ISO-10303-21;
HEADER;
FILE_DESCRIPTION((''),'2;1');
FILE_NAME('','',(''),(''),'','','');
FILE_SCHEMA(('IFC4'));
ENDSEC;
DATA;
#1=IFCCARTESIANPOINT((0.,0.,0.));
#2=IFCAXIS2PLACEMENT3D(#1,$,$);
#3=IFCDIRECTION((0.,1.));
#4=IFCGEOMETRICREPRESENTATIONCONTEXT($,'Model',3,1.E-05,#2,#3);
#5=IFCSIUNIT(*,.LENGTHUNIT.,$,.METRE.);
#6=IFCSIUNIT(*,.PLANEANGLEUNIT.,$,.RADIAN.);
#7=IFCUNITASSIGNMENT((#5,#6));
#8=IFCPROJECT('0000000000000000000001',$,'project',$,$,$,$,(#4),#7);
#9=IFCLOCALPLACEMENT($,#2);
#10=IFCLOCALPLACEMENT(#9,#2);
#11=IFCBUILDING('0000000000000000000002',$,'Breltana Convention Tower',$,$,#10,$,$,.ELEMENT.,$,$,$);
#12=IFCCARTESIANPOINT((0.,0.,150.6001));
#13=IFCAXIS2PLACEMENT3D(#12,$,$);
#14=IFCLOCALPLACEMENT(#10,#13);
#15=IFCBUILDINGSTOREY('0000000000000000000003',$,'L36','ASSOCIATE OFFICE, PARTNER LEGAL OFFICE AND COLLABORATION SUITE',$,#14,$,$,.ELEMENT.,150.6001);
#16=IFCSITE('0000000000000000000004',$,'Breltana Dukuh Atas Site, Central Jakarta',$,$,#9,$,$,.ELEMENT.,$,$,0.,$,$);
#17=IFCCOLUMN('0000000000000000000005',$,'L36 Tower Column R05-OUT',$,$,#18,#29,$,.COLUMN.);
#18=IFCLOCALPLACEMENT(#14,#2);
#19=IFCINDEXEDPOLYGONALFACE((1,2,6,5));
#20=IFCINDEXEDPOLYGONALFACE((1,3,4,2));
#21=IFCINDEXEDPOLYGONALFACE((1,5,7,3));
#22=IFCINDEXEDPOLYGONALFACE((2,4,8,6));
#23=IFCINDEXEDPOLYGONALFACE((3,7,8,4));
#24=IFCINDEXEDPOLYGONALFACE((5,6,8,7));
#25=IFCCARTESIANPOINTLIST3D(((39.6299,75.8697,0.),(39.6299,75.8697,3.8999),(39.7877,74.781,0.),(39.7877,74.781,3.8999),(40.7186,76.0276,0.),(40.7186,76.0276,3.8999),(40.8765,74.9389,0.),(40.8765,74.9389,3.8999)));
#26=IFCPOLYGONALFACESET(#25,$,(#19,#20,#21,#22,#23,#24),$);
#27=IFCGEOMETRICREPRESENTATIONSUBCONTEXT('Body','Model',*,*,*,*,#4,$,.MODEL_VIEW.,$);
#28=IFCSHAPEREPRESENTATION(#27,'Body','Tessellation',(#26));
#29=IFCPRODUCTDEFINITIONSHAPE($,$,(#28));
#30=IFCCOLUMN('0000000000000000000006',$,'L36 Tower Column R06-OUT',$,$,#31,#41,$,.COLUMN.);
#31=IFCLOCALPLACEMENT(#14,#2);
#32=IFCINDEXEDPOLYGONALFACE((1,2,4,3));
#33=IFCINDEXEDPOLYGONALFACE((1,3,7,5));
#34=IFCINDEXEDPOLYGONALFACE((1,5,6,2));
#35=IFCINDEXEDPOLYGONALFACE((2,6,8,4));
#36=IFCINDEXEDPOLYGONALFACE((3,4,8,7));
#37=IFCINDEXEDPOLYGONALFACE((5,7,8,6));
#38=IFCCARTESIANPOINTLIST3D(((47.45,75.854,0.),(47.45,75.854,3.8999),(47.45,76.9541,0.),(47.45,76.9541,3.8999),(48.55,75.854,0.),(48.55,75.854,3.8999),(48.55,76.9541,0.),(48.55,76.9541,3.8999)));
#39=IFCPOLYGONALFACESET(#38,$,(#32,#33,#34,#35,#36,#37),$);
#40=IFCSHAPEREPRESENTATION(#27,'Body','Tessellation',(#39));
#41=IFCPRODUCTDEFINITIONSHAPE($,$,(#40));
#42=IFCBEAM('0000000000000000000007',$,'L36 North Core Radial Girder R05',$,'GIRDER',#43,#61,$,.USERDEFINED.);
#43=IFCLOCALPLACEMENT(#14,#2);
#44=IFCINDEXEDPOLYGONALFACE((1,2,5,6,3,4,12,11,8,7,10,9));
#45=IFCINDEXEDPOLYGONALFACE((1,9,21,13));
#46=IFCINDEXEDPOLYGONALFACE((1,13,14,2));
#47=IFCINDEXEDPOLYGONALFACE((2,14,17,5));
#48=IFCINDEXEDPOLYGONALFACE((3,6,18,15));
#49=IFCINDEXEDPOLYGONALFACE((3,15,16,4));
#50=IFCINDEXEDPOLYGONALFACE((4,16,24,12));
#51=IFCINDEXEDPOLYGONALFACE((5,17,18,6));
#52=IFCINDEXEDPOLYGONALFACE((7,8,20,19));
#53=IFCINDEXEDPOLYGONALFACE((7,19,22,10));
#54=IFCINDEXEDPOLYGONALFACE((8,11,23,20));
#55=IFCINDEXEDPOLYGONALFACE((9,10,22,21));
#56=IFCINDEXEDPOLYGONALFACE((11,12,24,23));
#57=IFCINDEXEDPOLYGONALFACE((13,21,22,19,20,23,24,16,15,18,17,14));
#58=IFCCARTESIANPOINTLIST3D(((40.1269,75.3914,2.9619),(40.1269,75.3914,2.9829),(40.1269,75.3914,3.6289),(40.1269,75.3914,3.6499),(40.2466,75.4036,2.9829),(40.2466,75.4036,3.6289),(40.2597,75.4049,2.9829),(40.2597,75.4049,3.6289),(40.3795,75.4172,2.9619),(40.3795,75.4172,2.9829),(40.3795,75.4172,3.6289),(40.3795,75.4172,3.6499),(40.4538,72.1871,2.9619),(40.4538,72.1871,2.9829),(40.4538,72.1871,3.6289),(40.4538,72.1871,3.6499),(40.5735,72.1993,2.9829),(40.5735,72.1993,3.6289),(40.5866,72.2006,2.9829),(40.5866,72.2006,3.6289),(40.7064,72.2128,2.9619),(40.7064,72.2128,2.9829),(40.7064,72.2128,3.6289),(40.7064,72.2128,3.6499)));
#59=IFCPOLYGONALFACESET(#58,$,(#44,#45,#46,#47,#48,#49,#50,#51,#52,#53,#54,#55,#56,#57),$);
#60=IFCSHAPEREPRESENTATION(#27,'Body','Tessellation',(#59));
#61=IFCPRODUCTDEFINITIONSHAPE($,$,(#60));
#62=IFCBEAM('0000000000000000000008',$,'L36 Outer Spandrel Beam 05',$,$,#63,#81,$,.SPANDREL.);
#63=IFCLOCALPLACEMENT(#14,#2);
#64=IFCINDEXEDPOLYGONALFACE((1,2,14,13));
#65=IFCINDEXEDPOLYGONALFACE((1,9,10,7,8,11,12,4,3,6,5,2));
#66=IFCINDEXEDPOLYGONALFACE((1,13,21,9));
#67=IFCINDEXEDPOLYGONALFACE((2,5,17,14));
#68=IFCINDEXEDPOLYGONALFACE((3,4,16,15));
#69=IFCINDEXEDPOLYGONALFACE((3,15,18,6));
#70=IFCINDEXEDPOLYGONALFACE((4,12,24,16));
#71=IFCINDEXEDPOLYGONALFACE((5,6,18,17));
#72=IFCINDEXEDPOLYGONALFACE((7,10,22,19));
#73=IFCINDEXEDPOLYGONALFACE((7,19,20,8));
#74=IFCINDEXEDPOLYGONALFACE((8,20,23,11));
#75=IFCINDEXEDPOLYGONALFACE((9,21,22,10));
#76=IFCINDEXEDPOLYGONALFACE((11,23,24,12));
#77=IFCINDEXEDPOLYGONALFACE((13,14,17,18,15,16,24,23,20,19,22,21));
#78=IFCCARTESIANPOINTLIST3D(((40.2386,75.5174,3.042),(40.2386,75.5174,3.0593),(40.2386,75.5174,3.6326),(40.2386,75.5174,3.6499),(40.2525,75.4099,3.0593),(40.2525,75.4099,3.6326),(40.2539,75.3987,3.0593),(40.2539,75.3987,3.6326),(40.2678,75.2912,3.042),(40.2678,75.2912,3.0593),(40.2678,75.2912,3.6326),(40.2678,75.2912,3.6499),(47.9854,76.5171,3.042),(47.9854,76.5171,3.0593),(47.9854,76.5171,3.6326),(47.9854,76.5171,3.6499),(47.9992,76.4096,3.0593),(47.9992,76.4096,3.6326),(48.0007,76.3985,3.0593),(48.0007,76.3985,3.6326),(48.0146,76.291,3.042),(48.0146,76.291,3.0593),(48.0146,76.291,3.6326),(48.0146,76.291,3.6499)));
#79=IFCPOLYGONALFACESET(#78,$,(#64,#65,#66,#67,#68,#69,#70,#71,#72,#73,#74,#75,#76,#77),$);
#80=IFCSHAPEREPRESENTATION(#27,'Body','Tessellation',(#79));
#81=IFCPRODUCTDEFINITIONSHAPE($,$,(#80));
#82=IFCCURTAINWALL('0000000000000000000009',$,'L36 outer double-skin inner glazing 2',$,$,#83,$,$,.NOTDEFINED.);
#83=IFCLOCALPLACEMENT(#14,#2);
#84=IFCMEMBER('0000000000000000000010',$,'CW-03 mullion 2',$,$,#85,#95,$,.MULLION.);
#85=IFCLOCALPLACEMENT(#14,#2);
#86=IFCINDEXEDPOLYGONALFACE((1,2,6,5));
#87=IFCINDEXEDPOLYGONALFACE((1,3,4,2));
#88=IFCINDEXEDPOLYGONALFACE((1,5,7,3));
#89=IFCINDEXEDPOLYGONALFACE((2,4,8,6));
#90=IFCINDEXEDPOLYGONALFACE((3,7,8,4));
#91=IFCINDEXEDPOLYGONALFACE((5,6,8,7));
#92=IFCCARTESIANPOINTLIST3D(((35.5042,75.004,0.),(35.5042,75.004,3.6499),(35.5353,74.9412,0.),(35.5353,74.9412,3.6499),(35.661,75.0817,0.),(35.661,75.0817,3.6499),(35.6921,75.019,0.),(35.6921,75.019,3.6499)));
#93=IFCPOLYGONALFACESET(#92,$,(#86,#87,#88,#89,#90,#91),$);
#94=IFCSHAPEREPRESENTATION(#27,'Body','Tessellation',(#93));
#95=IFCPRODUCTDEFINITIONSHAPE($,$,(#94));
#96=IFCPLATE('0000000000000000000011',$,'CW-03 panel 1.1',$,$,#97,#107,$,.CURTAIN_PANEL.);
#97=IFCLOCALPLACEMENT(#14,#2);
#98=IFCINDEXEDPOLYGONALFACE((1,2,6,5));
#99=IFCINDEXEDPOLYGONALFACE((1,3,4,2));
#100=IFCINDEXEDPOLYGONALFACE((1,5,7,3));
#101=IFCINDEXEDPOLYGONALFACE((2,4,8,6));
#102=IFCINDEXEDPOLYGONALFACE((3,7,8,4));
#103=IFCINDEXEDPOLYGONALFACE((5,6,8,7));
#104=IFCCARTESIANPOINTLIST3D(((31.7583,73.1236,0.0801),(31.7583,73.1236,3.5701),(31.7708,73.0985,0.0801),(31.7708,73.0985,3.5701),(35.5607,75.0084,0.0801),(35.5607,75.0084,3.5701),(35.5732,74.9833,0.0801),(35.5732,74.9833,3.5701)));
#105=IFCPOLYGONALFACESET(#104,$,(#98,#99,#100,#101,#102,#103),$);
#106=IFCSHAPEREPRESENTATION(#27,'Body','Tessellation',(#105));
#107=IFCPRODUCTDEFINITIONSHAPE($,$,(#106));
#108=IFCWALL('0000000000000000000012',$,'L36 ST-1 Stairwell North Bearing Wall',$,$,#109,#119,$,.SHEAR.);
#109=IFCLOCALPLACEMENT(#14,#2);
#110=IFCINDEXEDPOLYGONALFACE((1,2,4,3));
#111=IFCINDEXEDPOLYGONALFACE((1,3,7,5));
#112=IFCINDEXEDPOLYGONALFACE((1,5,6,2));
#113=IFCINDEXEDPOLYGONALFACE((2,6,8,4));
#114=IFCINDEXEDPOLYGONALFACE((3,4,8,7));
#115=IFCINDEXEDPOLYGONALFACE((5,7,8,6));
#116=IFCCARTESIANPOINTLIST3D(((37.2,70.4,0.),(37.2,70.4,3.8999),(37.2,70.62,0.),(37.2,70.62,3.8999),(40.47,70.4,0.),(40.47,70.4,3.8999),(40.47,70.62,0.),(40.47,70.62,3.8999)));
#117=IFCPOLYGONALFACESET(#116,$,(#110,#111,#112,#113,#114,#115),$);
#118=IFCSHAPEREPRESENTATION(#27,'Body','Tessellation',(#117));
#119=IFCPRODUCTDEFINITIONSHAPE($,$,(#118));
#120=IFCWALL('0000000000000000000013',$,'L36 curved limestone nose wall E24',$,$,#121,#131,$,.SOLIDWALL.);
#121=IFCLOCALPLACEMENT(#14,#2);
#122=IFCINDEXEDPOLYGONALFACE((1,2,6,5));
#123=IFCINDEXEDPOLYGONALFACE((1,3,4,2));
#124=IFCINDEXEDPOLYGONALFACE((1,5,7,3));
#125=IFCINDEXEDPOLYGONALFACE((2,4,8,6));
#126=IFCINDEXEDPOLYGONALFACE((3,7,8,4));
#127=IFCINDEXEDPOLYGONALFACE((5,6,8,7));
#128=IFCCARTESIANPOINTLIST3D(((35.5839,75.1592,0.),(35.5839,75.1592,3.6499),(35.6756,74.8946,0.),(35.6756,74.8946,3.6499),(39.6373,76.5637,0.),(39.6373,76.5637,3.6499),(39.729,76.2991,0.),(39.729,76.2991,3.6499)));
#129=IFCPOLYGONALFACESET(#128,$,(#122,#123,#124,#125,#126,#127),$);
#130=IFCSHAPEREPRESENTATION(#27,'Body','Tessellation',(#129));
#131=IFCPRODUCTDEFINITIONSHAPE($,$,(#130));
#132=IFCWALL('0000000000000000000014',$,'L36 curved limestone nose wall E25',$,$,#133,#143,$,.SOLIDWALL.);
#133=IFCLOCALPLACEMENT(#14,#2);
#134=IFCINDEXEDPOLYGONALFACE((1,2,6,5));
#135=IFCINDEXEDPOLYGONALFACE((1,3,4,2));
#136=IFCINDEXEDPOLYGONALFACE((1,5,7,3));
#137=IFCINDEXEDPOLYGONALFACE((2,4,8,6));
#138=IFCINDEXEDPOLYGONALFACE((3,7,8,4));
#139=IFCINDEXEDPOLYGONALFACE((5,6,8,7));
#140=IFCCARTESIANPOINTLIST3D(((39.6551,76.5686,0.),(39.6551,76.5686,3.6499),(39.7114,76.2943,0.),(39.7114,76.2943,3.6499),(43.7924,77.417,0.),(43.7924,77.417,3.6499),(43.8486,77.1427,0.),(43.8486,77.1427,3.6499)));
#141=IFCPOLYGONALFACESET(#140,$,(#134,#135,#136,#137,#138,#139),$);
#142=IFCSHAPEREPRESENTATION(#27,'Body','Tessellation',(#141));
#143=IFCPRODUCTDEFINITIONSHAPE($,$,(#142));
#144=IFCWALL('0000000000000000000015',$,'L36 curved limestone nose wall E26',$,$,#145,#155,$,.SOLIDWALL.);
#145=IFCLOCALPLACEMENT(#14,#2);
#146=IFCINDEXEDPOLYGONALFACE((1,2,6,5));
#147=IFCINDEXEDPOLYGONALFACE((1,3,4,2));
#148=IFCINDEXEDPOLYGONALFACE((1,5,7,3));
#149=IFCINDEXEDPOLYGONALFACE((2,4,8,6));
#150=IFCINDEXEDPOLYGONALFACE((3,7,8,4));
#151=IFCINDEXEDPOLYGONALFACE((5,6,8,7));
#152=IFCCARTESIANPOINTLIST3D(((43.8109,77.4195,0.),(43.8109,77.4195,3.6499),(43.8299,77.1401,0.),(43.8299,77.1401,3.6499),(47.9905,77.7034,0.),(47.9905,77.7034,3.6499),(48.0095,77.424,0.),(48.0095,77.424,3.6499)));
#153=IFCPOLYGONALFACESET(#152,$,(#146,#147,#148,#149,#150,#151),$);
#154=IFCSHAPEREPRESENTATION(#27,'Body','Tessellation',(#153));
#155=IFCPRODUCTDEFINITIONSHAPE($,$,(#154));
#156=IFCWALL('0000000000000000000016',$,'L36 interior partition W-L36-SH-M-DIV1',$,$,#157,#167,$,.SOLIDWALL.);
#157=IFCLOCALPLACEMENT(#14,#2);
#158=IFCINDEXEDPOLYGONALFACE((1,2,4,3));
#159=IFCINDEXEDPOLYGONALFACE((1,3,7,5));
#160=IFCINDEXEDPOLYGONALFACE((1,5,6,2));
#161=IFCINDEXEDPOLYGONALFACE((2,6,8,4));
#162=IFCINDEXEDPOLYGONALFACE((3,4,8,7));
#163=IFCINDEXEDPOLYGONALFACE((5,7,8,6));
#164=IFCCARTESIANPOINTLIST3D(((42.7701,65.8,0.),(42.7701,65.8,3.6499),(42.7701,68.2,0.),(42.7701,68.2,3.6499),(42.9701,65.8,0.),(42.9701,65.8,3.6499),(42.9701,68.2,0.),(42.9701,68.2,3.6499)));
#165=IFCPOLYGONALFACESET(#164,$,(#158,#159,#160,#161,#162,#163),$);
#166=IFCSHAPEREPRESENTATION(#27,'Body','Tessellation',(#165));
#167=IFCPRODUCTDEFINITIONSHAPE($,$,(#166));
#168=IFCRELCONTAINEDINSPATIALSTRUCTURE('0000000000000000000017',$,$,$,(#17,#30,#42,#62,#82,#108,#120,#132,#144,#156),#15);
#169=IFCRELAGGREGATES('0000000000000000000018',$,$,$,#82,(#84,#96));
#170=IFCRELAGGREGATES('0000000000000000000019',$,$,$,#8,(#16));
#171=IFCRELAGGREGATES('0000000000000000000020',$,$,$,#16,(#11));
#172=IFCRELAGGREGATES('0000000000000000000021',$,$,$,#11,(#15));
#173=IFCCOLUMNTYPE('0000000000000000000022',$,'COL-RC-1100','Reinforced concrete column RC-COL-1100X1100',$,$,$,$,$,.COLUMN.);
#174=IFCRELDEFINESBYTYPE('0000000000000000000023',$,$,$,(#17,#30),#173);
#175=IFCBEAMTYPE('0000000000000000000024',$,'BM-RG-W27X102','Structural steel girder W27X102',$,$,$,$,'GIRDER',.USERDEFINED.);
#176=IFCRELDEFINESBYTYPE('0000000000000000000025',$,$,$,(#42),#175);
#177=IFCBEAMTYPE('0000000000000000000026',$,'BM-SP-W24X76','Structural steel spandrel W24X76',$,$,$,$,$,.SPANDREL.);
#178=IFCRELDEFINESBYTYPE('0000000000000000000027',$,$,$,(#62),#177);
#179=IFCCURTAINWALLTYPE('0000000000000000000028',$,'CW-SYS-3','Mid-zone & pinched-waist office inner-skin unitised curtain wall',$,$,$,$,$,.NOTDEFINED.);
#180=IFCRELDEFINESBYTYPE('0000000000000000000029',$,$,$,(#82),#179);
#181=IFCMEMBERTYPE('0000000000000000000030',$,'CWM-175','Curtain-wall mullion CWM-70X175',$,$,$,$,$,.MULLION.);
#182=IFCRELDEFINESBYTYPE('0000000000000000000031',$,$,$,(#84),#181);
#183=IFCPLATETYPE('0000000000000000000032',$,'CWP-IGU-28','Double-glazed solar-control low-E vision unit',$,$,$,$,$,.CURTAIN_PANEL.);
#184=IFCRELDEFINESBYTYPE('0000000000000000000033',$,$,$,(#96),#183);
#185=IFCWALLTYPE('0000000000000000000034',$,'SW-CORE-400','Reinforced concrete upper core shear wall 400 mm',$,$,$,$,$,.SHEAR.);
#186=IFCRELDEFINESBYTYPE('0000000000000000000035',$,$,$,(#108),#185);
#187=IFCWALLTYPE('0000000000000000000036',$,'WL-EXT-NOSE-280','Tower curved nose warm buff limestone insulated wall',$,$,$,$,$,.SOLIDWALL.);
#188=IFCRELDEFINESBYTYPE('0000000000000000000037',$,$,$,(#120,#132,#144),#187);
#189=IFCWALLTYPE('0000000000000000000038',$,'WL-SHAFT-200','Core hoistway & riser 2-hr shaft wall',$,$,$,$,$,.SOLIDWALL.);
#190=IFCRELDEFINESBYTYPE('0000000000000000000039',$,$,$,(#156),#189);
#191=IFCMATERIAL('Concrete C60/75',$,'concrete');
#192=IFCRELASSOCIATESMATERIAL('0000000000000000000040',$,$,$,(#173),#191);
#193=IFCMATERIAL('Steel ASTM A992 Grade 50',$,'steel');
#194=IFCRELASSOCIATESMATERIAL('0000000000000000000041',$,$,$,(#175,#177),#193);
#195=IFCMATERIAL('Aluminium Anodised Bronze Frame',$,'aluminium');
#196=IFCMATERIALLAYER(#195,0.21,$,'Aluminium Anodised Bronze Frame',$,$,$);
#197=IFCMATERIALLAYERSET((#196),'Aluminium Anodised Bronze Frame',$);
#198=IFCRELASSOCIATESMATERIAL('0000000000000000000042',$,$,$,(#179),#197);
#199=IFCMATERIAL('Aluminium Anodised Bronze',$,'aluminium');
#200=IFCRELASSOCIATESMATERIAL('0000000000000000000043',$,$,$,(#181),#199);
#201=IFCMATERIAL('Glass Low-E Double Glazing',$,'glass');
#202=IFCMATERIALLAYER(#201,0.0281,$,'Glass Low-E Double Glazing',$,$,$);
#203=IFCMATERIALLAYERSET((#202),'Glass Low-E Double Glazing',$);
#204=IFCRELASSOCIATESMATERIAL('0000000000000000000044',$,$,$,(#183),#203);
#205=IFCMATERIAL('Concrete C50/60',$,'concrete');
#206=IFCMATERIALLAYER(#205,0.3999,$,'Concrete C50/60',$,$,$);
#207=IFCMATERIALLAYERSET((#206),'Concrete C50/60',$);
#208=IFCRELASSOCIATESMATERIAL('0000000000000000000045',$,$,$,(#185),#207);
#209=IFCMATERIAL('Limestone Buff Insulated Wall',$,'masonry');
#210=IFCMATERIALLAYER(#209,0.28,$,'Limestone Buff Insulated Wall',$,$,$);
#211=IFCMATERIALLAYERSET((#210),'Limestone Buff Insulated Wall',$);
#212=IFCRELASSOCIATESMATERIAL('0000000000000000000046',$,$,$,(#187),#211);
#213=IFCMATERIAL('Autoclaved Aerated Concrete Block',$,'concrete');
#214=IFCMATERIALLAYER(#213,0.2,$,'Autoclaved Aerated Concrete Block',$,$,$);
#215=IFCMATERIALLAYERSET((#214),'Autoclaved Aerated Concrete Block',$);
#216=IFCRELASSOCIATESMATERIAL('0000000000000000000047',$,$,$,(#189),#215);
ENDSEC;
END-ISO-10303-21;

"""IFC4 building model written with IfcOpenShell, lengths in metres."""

from ifc_helpers import new_model, si_unit, direction, frame, frame_2d, origin, origin_2d, place, context, subcontext, project, spatial, rectangle, i_section, extrude, source, transform, mapped, material, layer, layer_set, material_profile, profile_set, type_object, element, aggregate, save


model = new_model("IFC4")

# Units and contexts
model_context = context("Model", 3, precision=1e-05, world=origin(), true_north=direction((0.0, 1.0)))
body_context = subcontext(model_context, "Body", "Model", "MODEL_VIEW")
ifc_project = project(units=[si_unit("LENGTHUNIT", "METRE"), si_unit("PLANEANGLEUNIT", "RADIAN")], contexts=[model_context])

# Site, building, storey
site_placement = place(None, origin())
site = spatial("IfcSite", under=ifc_project, at=site_placement, Name="Breltana Dukuh Atas Site, Central Jakarta", CompositionType="ELEMENT", RefElevation=0.0)
building_placement = place(site_placement, origin())
building = spatial("IfcBuilding", under=site, at=building_placement, Name="Breltana Convention Tower", CompositionType="ELEMENT")
storey_placement = place(building_placement, frame((0.0, 0.0, 150.6001)))
storey = spatial("IfcBuildingStorey", under=building, at=storey_placement, Name="L36", Description="ASSOCIATE OFFICE, PARTNER LEGAL OFFICE AND COLLABORATION SUITE", CompositionType="ELEMENT", Elevation=150.6001)

# Columns
ifc_material_1 = material(Name="Concrete C60/75", Category="concrete")
ifc_material_profile_1 = material_profile(ifc_material_1, rectangle(XDim=1.1001, YDim=1.1001, at=origin_2d()), Name="RC-COL-1100X1100")
ifc_profile_set_1 = profile_set([ifc_material_profile_1], Name="Concrete C60/75")
column_type = type_object("IfcColumnType", Name="COL-RC-1100", Description="Reinforced concrete column RC-COL-1100X1100", PredefinedType="COLUMN", material=ifc_profile_set_1)
shared_shape_1 = source(origin(), body_context, "Body", "SweptSolid", [
    extrude(rectangle(XDim=1.1001, YDim=1.1001, at=origin_2d()), origin(), (0.0, 0.0, 1.0), 3.8999),
])
for number, where, z_axis, x_axis, name in (
    (1, (40.2532, 75.4043, 0.0), (0.0, 0.0, 1.0), (-0.143493, 0.989651, 0.0), "L36 Tower Column R05-OUT"),
    (2, (48.0, 76.4041, 0.0), (0.0, 0.0, 1.0), (0.0, 1.0, 0.0), "L36 Tower Column R06-OUT"),
):
    element("IfcColumn", number, at=place(storey_placement, frame(where, z_axis=z_axis, x_axis=x_axis)), inside=storey, type_object=column_type, Name=name, PredefinedType="COLUMN", context=body_context, shape_type="MappedRepresentation", body=[
        mapped(shared_shape_1, transform((0.0, 0.0, 0.0), scale=1.0)),
    ])

# Beams
ifc_material_2 = material(Name="Steel ASTM A992 Grade 50", Category="steel")
ifc_material_profile_2 = material_profile(ifc_material_2, i_section(OverallWidth=0.2539, OverallDepth=0.688, WebThickness=0.0132, FlangeThickness=0.021, at=origin_2d()), Name="W27X102")
ifc_profile_set_2 = profile_set([ifc_material_profile_2], Name="Steel ASTM A992 Grade 50")
beam_type_1 = type_object("IfcBeamType", Name="BM-RG-W27X102", Description="Structural steel girder W27X102", ElementType="GIRDER", PredefinedType="USERDEFINED", material=ifc_profile_set_2)
shared_shape_2 = source(origin(), body_context, "Body", "SweptSolid", [
    extrude(i_section(OverallWidth=0.2539, OverallDepth=0.688, WebThickness=0.0132, FlangeThickness=0.021, at=origin_2d()), origin(), (0.0, 0.0, 1.0), 3.2209),
])
beam_1_placement = place(storey_placement, frame((40.5801, 72.2, 3.3059), z_axis=(-0.101492, 0.994836, 0.0), x_axis=(-0.994836, -0.101492, 0.0)))
element("IfcBeam", 3, at=beam_1_placement, inside=storey, type_object=beam_type_1, Name="L36 North Core Radial Girder R05", ObjectType="GIRDER", PredefinedType="USERDEFINED", context=body_context, shape_type="MappedRepresentation", body=[
    mapped(shared_shape_2, transform((0.0, 0.0, 0.0), scale=1.0)),
])
ifc_material_profile_3 = material_profile(ifc_material_2, i_section(OverallWidth=0.228, OverallDepth=0.6079, WebThickness=0.0112, FlangeThickness=0.0173, at=origin_2d()), Name="W24X76")
ifc_profile_set_3 = profile_set([ifc_material_profile_3], Name="Steel ASTM A992 Grade 50")
beam_type_2 = type_object("IfcBeamType", Name="BM-SP-W24X76", Description="Structural steel spandrel W24X76", PredefinedType="SPANDREL", material=ifc_profile_set_3)
shared_shape_3 = source(origin(), body_context, "Body", "SweptSolid", [
    extrude(i_section(OverallWidth=0.228, OverallDepth=0.6079, WebThickness=0.0112, FlangeThickness=0.0173, at=origin_2d()), origin(), (0.0, 0.0, 1.0), 7.811),
])
beam_2_placement = place(storey_placement, frame((40.2532, 75.4043, 3.3459), z_axis=(0.991775, 0.127992, 0.0), x_axis=(-0.127992, 0.991775, 0.0)))
element("IfcBeam", 4, at=beam_2_placement, inside=storey, type_object=beam_type_2, Name="L36 Outer Spandrel Beam 05", PredefinedType="SPANDREL", context=body_context, shape_type="MappedRepresentation", body=[
    mapped(shared_shape_3, transform((0.0, 0.0, 0.0), scale=1.0)),
])

# Curtain wall, member, plate
ifc_material_3 = material(Name="Aluminium Anodised Bronze Frame", Category="aluminium")
ifc_layer_1 = layer(ifc_material_3, 0.21, Name="Aluminium Anodised Bronze Frame")
ifc_layer_set_1 = layer_set([ifc_layer_1], Name="Aluminium Anodised Bronze Frame")
curtain_wall_type = type_object("IfcCurtainWallType", Name="CW-SYS-3", Description="Mid-zone & pinched-waist office inner-skin unitised curtain wall", PredefinedType="NOTDEFINED", material=ifc_layer_set_1)
curtain_wall_placement = place(storey_placement, origin())
curtain_wall = element("IfcCurtainWall", 5, at=curtain_wall_placement, inside=storey, type_object=curtain_wall_type, Name="L36 outer double-skin inner glazing 2", PredefinedType="NOTDEFINED")
ifc_material_4 = material(Name="Aluminium Anodised Bronze", Category="aluminium")
ifc_material_profile_4 = material_profile(ifc_material_4, rectangle(XDim=0.0701, YDim=0.175, at=origin_2d()), Name="CWM-70X175")
ifc_profile_set_4 = profile_set([ifc_material_profile_4], Name="Aluminium Anodised Bronze")
member_type = type_object("IfcMemberType", Name="CWM-175", Description="Curtain-wall mullion CWM-70X175", PredefinedType="MULLION", material=ifc_profile_set_4)
shared_shape_4 = source(origin(), body_context, "Body", "SweptSolid", [
    extrude(rectangle(XDim=0.0701, YDim=0.175, at=origin_2d()), origin(), (0.0, 0.0, 1.0), 3.6499),
])
member_placement = place(storey_placement, frame((35.5981, 75.0115, 0.0), z_axis=(0.0, 0.0, 1.0), x_axis=(-0.444118, 0.895968, 0.0)))
member = element("IfcMember", 6, at=member_placement, type_object=member_type, Name="CW-03 mullion 2", PredefinedType="MULLION", context=body_context, shape_type="MappedRepresentation", body=[
    mapped(shared_shape_4, transform((0.0, 0.0, 0.0), scale=1.0)),
])
ifc_material_5 = material(Name="Glass Low-E Double Glazing", Category="glass")
ifc_layer_2 = layer(ifc_material_5, 0.0281, Name="Glass Low-E Double Glazing")
ifc_layer_set_2 = layer_set([ifc_layer_2], Name="Glass Low-E Double Glazing")
plate_type = type_object("IfcPlateType", Name="CWP-IGU-28", Description="Double-glazed solar-control low-E vision unit", PredefinedType="CURTAIN_PANEL", material=ifc_layer_set_2)
shared_shape_5 = source(origin(), body_context, "Body", "SweptSolid", [
    extrude(rectangle(XDim=4.2439, YDim=0.0281, at=origin_2d()), origin(), (0.0, 0.0, 1.0), 3.49),
])
plate_placement = place(storey_placement, frame((33.6658, 74.0535, 0.0801), z_axis=(0.0, 0.0, 1.0), x_axis=(0.895968, 0.444118, 0.0)))
plate = element("IfcPlate", 7, at=plate_placement, type_object=plate_type, Name="CW-03 panel 1.1", PredefinedType="CURTAIN_PANEL", context=body_context, shape_type="MappedRepresentation", body=[
    mapped(shared_shape_5, transform((0.0, 0.0, 0.0), scale=1.0)),
])
aggregate(curtain_wall, [member, plate])

# Walls
ifc_material_6 = material(Name="Concrete C50/60", Category="concrete")
ifc_layer_3 = layer(ifc_material_6, 0.3999, Name="Concrete C50/60")
ifc_layer_set_3 = layer_set([ifc_layer_3], Name="Concrete C50/60")
wall_type_1 = type_object("IfcWallType", Name="SW-CORE-400", Description="Reinforced concrete upper core shear wall 400 mm", PredefinedType="SHEAR", material=ifc_layer_set_3)
shared_shape_6 = source(origin(), body_context, "Body", "SweptSolid", [
    extrude(rectangle(XDim=3.27, YDim=0.22, at=frame_2d((1.635, 0.0))), origin(), (0.0, 0.0, 1.0), 3.8999),
])
wall_1_placement = place(storey_placement, frame((37.2, 70.51, 0.0), z_axis=(0.0, 0.0, 1.0), x_axis=(1.0, 0.0, 0.0)))
element("IfcWall", 8, at=wall_1_placement, inside=storey, type_object=wall_type_1, Name="L36 ST-1 Stairwell North Bearing Wall", PredefinedType="SHEAR", context=body_context, shape_type="MappedRepresentation", body=[
    mapped(shared_shape_6, transform((0.0, 0.0, 0.0), scale=1.0)),
])
ifc_material_7 = material(Name="Limestone Buff Insulated Wall", Category="masonry")
ifc_layer_4 = layer(ifc_material_7, 0.28, Name="Limestone Buff Insulated Wall")
ifc_layer_set_4 = layer_set([ifc_layer_4], Name="Limestone Buff Insulated Wall")
wall_type_2 = type_object("IfcWallType", Name="WL-EXT-NOSE-280", Description="Tower curved nose warm buff limestone insulated wall", PredefinedType="SOLIDWALL", material=ifc_layer_set_4)
shared_shape_7 = source(origin(), body_context, "Body", "SweptSolid", [
    extrude(rectangle(XDim=4.2898, YDim=0.28, at=frame_2d((2.145, 0.0))), origin(), (0.0, 0.0, 1.0), 3.6499),
])
wall_2_placement = place(storey_placement, frame((35.6296, 75.0269, 0.0), z_axis=(0.0, 0.0, 1.0), x_axis=(0.944884, 0.327406, 0.0)))
element("IfcWall", 9, at=wall_2_placement, inside=storey, type_object=wall_type_2, Name="L36 curved limestone nose wall E24", PredefinedType="SOLIDWALL", context=body_context, shape_type="MappedRepresentation", body=[
    mapped(shared_shape_7, transform((0.0, 0.0, 0.0), scale=1.0)),
])
shared_shape_8 = source(origin(), body_context, "Body", "SweptSolid", [
    extrude(rectangle(XDim=4.2234, YDim=0.28, at=frame_2d((2.1118, 0.0))), origin(), (0.0, 0.0, 1.0), 3.6499),
])
wall_3_placement = place(storey_placement, frame((39.6831, 76.4314, 0.0), z_axis=(0.0, 0.0, 1.0), x_axis=(0.979615, 0.200883, 0.0)))
element("IfcWall", 10, at=wall_3_placement, inside=storey, type_object=wall_type_2, Name="L36 curved limestone nose wall E25", PredefinedType="SOLIDWALL", context=body_context, shape_type="MappedRepresentation", body=[
    mapped(shared_shape_8, transform((0.0, 0.0, 0.0), scale=1.0)),
])
shared_shape_9 = source(origin(), body_context, "Body", "SweptSolid", [
    extrude(rectangle(XDim=4.1892, YDim=0.28, at=frame_2d((2.0947, 0.0))), origin(), (0.0, 0.0, 1.0), 3.6499),
])
wall_4_placement = place(storey_placement, frame((43.8203, 77.2798, 0.0), z_axis=(0.0, 0.0, 1.0), x_axis=(0.997701, 0.067776, 0.0)))
element("IfcWall", 11, at=wall_4_placement, inside=storey, type_object=wall_type_2, Name="L36 curved limestone nose wall E26", PredefinedType="SOLIDWALL", context=body_context, shape_type="MappedRepresentation", body=[
    mapped(shared_shape_9, transform((0.0, 0.0, 0.0), scale=1.0)),
])
ifc_material_8 = material(Name="Autoclaved Aerated Concrete Block", Category="concrete")
ifc_layer_5 = layer(ifc_material_8, 0.2, Name="Autoclaved Aerated Concrete Block")
ifc_layer_set_5 = layer_set([ifc_layer_5], Name="Autoclaved Aerated Concrete Block")
wall_type_3 = type_object("IfcWallType", Name="WL-SHAFT-200", Description="Core hoistway & riser 2-hr shaft wall", PredefinedType="SOLIDWALL", material=ifc_layer_set_5)
shared_shape_10 = source(origin(), body_context, "Body", "SweptSolid", [
    extrude(rectangle(XDim=2.3999, YDim=0.2, at=frame_2d((1.2, 0.0))), origin(), (0.0, 0.0, 1.0), 3.6499),
])
for number, where, z_axis, x_axis, name in (
    (12, (42.8701, 65.8, 0.0), (0.0, 0.0, 1.0), (0.0, 1.0, 0.0), "L36 interior partition W-L36-SH-M-DIV1"),
):
    element("IfcWall", number, at=place(storey_placement, frame(where, z_axis=z_axis, x_axis=x_axis)), inside=storey, type_object=wall_type_3, Name=name, PredefinedType="SOLIDWALL", context=body_context, shape_type="MappedRepresentation", body=[
        mapped(shared_shape_10, transform((0.0, 0.0, 0.0), scale=1.0)),
    ])

save(model, "model.ifc")
